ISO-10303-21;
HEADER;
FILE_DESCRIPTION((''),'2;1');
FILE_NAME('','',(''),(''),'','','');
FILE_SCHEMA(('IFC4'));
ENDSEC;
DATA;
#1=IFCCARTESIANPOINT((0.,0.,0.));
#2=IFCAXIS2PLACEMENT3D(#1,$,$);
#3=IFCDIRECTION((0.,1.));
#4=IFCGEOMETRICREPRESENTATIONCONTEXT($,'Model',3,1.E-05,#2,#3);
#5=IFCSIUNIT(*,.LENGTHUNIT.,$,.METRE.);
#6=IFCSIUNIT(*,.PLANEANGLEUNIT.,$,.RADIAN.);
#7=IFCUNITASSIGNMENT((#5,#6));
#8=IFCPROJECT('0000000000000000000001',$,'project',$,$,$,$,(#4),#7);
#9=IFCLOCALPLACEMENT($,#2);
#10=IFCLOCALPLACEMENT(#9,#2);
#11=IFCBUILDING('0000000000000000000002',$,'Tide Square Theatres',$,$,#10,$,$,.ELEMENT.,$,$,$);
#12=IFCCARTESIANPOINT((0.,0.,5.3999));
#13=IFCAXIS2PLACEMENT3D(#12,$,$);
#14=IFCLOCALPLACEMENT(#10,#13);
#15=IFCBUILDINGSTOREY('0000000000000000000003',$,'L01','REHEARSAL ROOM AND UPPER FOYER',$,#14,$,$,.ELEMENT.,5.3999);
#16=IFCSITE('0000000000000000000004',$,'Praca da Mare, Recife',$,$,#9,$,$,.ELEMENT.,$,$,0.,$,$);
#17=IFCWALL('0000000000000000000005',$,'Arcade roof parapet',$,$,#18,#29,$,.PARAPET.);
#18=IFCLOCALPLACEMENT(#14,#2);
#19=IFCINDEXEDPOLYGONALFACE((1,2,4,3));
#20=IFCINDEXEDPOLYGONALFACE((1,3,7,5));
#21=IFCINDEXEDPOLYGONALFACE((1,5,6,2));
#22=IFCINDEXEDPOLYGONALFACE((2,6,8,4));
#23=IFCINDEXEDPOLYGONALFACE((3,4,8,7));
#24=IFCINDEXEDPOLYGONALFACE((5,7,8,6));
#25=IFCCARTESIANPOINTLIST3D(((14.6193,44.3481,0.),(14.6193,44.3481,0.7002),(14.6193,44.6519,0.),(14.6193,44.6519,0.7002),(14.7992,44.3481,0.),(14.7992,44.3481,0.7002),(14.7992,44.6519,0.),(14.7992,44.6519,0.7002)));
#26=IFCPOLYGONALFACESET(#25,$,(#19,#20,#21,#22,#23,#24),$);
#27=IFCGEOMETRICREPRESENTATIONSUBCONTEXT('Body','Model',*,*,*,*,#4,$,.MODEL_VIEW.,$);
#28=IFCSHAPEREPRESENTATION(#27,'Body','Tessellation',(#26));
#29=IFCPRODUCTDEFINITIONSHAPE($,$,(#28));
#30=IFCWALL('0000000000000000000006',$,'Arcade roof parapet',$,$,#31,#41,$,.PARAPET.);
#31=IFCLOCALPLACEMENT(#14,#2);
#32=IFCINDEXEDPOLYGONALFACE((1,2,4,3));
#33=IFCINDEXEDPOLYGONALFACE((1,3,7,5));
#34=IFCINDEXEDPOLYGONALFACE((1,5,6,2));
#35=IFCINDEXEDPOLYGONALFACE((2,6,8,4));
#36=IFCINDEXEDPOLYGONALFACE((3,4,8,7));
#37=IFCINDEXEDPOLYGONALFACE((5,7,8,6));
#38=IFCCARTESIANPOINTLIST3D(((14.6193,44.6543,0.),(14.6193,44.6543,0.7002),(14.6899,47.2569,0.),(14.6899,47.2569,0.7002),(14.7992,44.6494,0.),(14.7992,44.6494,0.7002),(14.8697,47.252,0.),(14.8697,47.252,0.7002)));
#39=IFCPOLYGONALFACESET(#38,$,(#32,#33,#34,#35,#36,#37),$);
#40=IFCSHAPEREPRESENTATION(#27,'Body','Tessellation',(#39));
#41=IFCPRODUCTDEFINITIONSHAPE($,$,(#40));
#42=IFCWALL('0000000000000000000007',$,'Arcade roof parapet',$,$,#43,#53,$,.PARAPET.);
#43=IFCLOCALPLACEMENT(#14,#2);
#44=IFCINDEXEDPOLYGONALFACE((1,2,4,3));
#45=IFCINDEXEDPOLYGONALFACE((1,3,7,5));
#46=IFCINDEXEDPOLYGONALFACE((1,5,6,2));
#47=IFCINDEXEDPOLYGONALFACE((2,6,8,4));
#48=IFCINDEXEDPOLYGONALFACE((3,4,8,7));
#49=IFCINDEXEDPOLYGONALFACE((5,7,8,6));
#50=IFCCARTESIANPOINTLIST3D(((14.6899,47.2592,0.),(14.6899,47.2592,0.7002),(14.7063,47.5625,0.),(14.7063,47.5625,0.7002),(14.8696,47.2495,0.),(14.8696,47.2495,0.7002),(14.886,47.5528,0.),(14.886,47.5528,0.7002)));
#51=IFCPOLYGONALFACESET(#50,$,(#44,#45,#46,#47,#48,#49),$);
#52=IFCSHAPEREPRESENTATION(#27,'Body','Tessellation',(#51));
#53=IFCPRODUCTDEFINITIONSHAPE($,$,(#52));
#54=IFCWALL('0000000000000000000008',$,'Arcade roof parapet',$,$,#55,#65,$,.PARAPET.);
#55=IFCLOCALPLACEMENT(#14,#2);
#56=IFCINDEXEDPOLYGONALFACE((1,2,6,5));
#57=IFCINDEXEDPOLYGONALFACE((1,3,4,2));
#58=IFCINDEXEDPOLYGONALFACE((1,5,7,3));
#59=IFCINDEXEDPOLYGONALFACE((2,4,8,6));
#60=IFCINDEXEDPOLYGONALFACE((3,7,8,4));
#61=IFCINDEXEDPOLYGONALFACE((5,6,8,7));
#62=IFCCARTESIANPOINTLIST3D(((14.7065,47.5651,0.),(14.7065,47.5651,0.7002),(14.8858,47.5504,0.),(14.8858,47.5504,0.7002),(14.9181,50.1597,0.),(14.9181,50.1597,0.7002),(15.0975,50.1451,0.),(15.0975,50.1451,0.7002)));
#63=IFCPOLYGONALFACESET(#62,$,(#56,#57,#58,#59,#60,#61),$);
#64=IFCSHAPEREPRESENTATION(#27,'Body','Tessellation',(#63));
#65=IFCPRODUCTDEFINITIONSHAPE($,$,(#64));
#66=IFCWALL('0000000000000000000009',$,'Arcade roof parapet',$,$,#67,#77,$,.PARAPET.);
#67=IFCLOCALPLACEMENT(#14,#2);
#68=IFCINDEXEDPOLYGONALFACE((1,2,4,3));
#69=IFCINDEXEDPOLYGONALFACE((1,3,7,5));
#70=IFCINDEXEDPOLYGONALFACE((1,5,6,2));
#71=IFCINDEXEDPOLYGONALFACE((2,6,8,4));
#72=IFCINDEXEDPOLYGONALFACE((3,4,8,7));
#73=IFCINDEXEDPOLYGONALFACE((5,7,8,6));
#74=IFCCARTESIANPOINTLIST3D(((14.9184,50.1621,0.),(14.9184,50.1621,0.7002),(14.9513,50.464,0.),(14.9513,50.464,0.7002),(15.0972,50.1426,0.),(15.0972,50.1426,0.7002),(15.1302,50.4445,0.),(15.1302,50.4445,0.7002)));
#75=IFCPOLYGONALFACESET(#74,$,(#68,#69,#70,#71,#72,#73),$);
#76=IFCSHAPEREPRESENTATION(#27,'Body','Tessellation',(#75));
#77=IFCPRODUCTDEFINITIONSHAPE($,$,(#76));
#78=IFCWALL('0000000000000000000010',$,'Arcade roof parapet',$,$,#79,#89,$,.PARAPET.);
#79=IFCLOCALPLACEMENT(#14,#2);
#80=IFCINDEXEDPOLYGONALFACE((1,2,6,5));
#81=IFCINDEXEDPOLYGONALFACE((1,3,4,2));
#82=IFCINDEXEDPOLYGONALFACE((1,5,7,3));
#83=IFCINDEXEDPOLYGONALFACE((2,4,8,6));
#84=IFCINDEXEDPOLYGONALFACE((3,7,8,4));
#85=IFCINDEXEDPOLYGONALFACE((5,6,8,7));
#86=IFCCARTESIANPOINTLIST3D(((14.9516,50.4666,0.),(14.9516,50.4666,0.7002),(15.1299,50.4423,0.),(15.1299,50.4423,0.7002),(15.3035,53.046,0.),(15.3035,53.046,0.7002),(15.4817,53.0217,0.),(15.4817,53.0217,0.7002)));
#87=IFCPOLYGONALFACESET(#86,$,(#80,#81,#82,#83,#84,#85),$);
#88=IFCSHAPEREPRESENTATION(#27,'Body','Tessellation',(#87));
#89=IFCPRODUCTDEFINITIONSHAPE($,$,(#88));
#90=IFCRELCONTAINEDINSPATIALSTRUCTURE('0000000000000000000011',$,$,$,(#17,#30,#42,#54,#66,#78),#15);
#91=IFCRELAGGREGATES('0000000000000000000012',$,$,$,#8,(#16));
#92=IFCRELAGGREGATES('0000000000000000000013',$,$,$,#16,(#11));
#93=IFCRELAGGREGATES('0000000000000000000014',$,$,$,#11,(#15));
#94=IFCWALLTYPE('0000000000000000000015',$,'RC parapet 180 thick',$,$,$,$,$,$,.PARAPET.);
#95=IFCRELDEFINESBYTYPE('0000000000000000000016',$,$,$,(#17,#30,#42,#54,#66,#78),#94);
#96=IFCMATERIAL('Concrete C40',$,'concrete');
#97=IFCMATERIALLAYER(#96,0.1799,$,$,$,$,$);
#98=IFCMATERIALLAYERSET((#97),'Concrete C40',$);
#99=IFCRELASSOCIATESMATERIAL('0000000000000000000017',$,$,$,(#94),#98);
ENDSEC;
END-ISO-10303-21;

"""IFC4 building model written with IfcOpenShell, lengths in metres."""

from ifc_helpers import new_model, si_unit, direction, frame, frame_2d, origin, place, context, subcontext, project, spatial, rectangle, extrude, material, layer, layer_set, type_object, element, save


model = new_model("IFC4")

# Units and contexts
model_context = context("Model", 3, precision=1e-05, world=origin(), true_north=direction((0.0, 1.0)))
body_context = subcontext(model_context, "Body", "Model", "MODEL_VIEW")
ifc_project = project(units=[si_unit("LENGTHUNIT", "METRE"), si_unit("PLANEANGLEUNIT", "RADIAN")], contexts=[model_context])

# Site, building, storey
site_placement = place(None, origin())
site = spatial("IfcSite", under=ifc_project, at=site_placement, Name="Praca da Mare, Recife", CompositionType="ELEMENT", RefElevation=0.0)
building_placement = place(site_placement, origin())
building = spatial("IfcBuilding", under=site, at=building_placement, Name="Tide Square Theatres", CompositionType="ELEMENT")
storey_placement = place(building_placement, frame((0.0, 0.0, 5.3999)))
storey = spatial("IfcBuildingStorey", under=building, at=storey_placement, Name="L01", Description="REHEARSAL ROOM AND UPPER FOYER", CompositionType="ELEMENT", Elevation=5.3999)

# Walls
ifc_material_1 = material(Name="Concrete C40", Category="concrete")
ifc_layer = layer(ifc_material_1, 0.1799)
ifc_layer_set = layer_set([ifc_layer], Name="Concrete C40")
wall_type = type_object("IfcWallType", Name="RC parapet 180 thick", PredefinedType="PARAPET", material=ifc_layer_set)
wall_1_placement = place(storey_placement, frame((14.7092, 44.3481, 0.0), z_axis=(0.0, 0.0, 1.0), x_axis=(0.0, 1.0, 0.0)))
element("IfcWall", 1, at=wall_1_placement, inside=storey, type_object=wall_type, Name="Arcade roof parapet", PredefinedType="PARAPET", context=body_context, shape_type="SweptSolid", body=[
    extrude(rectangle(XDim=0.3037, YDim=0.1799, at=frame_2d((0.1519, 0.0))), origin(), (0.0, 0.0, 1.0), 0.7002),
])
wall_2_placement = place(storey_placement, frame((14.7092, 44.6519, 0.0), z_axis=(0.0, 0.0, 1.0), x_axis=(0.027101, 0.999633, 0.0)))
element("IfcWall", 2, at=wall_2_placement, inside=storey, type_object=wall_type, Name="Arcade roof parapet", PredefinedType="PARAPET", context=body_context, shape_type="SweptSolid", body=[
    extrude(rectangle(XDim=2.6035, YDim=0.1799, at=frame_2d((1.3018, 0.0))), origin(), (0.0, 0.0, 1.0), 0.7002),
])
wall_3_placement = place(storey_placement, frame((14.7798, 47.2544, 0.0), z_axis=(0.0, 0.0, 1.0), x_axis=(0.053867, 0.998548, 0.0)))
element("IfcWall", 3, at=wall_3_placement, inside=storey, type_object=wall_type, Name="Arcade roof parapet", PredefinedType="PARAPET", context=body_context, shape_type="SweptSolid", body=[
    extrude(rectangle(XDim=0.3037, YDim=0.1799, at=frame_2d((0.1519, 0.0))), origin(), (0.0, 0.0, 1.0), 0.7002),
])
wall_4_placement = place(storey_placement, frame((14.7961, 47.5576, 0.0), z_axis=(0.0, 0.0, 1.0), x_axis=(0.081307, 0.996689, 0.0)))
element("IfcWall", 4, at=wall_4_placement, inside=storey, type_object=wall_type, Name="Arcade roof parapet", PredefinedType="PARAPET", context=body_context, shape_type="SweptSolid", body=[
    extrude(rectangle(XDim=2.6033, YDim=0.1799, at=frame_2d((1.3018, 0.0))), origin(), (0.0, 0.0, 1.0), 0.7002),
])
wall_5_placement = place(storey_placement, frame((15.0078, 50.1523, 0.0), z_axis=(0.0, 0.0, 1.0), x_axis=(0.108491, 0.994097, 0.0)))
element("IfcWall", 5, at=wall_5_placement, inside=storey, type_object=wall_type, Name="Arcade roof parapet", PredefinedType="PARAPET", context=body_context, shape_type="SweptSolid", body=[
    extrude(rectangle(XDim=0.3037, YDim=0.1799, at=frame_2d((0.1519, 0.0))), origin(), (0.0, 0.0, 1.0), 0.7002),
])
wall_6_placement = place(storey_placement, frame((15.0408, 50.4543, 0.0), z_axis=(0.0, 0.0, 1.0), x_axis=(0.135143, 0.990826, 0.0)))
element("IfcWall", 6, at=wall_6_placement, inside=storey, type_object=wall_type, Name="Arcade roof parapet", PredefinedType="PARAPET", context=body_context, shape_type="SweptSolid", body=[
    extrude(rectangle(XDim=2.6033, YDim=0.1799, at=frame_2d((1.3018, 0.0))), origin(), (0.0, 0.0, 1.0), 0.7002),
])

save(model, "model.ifc")
